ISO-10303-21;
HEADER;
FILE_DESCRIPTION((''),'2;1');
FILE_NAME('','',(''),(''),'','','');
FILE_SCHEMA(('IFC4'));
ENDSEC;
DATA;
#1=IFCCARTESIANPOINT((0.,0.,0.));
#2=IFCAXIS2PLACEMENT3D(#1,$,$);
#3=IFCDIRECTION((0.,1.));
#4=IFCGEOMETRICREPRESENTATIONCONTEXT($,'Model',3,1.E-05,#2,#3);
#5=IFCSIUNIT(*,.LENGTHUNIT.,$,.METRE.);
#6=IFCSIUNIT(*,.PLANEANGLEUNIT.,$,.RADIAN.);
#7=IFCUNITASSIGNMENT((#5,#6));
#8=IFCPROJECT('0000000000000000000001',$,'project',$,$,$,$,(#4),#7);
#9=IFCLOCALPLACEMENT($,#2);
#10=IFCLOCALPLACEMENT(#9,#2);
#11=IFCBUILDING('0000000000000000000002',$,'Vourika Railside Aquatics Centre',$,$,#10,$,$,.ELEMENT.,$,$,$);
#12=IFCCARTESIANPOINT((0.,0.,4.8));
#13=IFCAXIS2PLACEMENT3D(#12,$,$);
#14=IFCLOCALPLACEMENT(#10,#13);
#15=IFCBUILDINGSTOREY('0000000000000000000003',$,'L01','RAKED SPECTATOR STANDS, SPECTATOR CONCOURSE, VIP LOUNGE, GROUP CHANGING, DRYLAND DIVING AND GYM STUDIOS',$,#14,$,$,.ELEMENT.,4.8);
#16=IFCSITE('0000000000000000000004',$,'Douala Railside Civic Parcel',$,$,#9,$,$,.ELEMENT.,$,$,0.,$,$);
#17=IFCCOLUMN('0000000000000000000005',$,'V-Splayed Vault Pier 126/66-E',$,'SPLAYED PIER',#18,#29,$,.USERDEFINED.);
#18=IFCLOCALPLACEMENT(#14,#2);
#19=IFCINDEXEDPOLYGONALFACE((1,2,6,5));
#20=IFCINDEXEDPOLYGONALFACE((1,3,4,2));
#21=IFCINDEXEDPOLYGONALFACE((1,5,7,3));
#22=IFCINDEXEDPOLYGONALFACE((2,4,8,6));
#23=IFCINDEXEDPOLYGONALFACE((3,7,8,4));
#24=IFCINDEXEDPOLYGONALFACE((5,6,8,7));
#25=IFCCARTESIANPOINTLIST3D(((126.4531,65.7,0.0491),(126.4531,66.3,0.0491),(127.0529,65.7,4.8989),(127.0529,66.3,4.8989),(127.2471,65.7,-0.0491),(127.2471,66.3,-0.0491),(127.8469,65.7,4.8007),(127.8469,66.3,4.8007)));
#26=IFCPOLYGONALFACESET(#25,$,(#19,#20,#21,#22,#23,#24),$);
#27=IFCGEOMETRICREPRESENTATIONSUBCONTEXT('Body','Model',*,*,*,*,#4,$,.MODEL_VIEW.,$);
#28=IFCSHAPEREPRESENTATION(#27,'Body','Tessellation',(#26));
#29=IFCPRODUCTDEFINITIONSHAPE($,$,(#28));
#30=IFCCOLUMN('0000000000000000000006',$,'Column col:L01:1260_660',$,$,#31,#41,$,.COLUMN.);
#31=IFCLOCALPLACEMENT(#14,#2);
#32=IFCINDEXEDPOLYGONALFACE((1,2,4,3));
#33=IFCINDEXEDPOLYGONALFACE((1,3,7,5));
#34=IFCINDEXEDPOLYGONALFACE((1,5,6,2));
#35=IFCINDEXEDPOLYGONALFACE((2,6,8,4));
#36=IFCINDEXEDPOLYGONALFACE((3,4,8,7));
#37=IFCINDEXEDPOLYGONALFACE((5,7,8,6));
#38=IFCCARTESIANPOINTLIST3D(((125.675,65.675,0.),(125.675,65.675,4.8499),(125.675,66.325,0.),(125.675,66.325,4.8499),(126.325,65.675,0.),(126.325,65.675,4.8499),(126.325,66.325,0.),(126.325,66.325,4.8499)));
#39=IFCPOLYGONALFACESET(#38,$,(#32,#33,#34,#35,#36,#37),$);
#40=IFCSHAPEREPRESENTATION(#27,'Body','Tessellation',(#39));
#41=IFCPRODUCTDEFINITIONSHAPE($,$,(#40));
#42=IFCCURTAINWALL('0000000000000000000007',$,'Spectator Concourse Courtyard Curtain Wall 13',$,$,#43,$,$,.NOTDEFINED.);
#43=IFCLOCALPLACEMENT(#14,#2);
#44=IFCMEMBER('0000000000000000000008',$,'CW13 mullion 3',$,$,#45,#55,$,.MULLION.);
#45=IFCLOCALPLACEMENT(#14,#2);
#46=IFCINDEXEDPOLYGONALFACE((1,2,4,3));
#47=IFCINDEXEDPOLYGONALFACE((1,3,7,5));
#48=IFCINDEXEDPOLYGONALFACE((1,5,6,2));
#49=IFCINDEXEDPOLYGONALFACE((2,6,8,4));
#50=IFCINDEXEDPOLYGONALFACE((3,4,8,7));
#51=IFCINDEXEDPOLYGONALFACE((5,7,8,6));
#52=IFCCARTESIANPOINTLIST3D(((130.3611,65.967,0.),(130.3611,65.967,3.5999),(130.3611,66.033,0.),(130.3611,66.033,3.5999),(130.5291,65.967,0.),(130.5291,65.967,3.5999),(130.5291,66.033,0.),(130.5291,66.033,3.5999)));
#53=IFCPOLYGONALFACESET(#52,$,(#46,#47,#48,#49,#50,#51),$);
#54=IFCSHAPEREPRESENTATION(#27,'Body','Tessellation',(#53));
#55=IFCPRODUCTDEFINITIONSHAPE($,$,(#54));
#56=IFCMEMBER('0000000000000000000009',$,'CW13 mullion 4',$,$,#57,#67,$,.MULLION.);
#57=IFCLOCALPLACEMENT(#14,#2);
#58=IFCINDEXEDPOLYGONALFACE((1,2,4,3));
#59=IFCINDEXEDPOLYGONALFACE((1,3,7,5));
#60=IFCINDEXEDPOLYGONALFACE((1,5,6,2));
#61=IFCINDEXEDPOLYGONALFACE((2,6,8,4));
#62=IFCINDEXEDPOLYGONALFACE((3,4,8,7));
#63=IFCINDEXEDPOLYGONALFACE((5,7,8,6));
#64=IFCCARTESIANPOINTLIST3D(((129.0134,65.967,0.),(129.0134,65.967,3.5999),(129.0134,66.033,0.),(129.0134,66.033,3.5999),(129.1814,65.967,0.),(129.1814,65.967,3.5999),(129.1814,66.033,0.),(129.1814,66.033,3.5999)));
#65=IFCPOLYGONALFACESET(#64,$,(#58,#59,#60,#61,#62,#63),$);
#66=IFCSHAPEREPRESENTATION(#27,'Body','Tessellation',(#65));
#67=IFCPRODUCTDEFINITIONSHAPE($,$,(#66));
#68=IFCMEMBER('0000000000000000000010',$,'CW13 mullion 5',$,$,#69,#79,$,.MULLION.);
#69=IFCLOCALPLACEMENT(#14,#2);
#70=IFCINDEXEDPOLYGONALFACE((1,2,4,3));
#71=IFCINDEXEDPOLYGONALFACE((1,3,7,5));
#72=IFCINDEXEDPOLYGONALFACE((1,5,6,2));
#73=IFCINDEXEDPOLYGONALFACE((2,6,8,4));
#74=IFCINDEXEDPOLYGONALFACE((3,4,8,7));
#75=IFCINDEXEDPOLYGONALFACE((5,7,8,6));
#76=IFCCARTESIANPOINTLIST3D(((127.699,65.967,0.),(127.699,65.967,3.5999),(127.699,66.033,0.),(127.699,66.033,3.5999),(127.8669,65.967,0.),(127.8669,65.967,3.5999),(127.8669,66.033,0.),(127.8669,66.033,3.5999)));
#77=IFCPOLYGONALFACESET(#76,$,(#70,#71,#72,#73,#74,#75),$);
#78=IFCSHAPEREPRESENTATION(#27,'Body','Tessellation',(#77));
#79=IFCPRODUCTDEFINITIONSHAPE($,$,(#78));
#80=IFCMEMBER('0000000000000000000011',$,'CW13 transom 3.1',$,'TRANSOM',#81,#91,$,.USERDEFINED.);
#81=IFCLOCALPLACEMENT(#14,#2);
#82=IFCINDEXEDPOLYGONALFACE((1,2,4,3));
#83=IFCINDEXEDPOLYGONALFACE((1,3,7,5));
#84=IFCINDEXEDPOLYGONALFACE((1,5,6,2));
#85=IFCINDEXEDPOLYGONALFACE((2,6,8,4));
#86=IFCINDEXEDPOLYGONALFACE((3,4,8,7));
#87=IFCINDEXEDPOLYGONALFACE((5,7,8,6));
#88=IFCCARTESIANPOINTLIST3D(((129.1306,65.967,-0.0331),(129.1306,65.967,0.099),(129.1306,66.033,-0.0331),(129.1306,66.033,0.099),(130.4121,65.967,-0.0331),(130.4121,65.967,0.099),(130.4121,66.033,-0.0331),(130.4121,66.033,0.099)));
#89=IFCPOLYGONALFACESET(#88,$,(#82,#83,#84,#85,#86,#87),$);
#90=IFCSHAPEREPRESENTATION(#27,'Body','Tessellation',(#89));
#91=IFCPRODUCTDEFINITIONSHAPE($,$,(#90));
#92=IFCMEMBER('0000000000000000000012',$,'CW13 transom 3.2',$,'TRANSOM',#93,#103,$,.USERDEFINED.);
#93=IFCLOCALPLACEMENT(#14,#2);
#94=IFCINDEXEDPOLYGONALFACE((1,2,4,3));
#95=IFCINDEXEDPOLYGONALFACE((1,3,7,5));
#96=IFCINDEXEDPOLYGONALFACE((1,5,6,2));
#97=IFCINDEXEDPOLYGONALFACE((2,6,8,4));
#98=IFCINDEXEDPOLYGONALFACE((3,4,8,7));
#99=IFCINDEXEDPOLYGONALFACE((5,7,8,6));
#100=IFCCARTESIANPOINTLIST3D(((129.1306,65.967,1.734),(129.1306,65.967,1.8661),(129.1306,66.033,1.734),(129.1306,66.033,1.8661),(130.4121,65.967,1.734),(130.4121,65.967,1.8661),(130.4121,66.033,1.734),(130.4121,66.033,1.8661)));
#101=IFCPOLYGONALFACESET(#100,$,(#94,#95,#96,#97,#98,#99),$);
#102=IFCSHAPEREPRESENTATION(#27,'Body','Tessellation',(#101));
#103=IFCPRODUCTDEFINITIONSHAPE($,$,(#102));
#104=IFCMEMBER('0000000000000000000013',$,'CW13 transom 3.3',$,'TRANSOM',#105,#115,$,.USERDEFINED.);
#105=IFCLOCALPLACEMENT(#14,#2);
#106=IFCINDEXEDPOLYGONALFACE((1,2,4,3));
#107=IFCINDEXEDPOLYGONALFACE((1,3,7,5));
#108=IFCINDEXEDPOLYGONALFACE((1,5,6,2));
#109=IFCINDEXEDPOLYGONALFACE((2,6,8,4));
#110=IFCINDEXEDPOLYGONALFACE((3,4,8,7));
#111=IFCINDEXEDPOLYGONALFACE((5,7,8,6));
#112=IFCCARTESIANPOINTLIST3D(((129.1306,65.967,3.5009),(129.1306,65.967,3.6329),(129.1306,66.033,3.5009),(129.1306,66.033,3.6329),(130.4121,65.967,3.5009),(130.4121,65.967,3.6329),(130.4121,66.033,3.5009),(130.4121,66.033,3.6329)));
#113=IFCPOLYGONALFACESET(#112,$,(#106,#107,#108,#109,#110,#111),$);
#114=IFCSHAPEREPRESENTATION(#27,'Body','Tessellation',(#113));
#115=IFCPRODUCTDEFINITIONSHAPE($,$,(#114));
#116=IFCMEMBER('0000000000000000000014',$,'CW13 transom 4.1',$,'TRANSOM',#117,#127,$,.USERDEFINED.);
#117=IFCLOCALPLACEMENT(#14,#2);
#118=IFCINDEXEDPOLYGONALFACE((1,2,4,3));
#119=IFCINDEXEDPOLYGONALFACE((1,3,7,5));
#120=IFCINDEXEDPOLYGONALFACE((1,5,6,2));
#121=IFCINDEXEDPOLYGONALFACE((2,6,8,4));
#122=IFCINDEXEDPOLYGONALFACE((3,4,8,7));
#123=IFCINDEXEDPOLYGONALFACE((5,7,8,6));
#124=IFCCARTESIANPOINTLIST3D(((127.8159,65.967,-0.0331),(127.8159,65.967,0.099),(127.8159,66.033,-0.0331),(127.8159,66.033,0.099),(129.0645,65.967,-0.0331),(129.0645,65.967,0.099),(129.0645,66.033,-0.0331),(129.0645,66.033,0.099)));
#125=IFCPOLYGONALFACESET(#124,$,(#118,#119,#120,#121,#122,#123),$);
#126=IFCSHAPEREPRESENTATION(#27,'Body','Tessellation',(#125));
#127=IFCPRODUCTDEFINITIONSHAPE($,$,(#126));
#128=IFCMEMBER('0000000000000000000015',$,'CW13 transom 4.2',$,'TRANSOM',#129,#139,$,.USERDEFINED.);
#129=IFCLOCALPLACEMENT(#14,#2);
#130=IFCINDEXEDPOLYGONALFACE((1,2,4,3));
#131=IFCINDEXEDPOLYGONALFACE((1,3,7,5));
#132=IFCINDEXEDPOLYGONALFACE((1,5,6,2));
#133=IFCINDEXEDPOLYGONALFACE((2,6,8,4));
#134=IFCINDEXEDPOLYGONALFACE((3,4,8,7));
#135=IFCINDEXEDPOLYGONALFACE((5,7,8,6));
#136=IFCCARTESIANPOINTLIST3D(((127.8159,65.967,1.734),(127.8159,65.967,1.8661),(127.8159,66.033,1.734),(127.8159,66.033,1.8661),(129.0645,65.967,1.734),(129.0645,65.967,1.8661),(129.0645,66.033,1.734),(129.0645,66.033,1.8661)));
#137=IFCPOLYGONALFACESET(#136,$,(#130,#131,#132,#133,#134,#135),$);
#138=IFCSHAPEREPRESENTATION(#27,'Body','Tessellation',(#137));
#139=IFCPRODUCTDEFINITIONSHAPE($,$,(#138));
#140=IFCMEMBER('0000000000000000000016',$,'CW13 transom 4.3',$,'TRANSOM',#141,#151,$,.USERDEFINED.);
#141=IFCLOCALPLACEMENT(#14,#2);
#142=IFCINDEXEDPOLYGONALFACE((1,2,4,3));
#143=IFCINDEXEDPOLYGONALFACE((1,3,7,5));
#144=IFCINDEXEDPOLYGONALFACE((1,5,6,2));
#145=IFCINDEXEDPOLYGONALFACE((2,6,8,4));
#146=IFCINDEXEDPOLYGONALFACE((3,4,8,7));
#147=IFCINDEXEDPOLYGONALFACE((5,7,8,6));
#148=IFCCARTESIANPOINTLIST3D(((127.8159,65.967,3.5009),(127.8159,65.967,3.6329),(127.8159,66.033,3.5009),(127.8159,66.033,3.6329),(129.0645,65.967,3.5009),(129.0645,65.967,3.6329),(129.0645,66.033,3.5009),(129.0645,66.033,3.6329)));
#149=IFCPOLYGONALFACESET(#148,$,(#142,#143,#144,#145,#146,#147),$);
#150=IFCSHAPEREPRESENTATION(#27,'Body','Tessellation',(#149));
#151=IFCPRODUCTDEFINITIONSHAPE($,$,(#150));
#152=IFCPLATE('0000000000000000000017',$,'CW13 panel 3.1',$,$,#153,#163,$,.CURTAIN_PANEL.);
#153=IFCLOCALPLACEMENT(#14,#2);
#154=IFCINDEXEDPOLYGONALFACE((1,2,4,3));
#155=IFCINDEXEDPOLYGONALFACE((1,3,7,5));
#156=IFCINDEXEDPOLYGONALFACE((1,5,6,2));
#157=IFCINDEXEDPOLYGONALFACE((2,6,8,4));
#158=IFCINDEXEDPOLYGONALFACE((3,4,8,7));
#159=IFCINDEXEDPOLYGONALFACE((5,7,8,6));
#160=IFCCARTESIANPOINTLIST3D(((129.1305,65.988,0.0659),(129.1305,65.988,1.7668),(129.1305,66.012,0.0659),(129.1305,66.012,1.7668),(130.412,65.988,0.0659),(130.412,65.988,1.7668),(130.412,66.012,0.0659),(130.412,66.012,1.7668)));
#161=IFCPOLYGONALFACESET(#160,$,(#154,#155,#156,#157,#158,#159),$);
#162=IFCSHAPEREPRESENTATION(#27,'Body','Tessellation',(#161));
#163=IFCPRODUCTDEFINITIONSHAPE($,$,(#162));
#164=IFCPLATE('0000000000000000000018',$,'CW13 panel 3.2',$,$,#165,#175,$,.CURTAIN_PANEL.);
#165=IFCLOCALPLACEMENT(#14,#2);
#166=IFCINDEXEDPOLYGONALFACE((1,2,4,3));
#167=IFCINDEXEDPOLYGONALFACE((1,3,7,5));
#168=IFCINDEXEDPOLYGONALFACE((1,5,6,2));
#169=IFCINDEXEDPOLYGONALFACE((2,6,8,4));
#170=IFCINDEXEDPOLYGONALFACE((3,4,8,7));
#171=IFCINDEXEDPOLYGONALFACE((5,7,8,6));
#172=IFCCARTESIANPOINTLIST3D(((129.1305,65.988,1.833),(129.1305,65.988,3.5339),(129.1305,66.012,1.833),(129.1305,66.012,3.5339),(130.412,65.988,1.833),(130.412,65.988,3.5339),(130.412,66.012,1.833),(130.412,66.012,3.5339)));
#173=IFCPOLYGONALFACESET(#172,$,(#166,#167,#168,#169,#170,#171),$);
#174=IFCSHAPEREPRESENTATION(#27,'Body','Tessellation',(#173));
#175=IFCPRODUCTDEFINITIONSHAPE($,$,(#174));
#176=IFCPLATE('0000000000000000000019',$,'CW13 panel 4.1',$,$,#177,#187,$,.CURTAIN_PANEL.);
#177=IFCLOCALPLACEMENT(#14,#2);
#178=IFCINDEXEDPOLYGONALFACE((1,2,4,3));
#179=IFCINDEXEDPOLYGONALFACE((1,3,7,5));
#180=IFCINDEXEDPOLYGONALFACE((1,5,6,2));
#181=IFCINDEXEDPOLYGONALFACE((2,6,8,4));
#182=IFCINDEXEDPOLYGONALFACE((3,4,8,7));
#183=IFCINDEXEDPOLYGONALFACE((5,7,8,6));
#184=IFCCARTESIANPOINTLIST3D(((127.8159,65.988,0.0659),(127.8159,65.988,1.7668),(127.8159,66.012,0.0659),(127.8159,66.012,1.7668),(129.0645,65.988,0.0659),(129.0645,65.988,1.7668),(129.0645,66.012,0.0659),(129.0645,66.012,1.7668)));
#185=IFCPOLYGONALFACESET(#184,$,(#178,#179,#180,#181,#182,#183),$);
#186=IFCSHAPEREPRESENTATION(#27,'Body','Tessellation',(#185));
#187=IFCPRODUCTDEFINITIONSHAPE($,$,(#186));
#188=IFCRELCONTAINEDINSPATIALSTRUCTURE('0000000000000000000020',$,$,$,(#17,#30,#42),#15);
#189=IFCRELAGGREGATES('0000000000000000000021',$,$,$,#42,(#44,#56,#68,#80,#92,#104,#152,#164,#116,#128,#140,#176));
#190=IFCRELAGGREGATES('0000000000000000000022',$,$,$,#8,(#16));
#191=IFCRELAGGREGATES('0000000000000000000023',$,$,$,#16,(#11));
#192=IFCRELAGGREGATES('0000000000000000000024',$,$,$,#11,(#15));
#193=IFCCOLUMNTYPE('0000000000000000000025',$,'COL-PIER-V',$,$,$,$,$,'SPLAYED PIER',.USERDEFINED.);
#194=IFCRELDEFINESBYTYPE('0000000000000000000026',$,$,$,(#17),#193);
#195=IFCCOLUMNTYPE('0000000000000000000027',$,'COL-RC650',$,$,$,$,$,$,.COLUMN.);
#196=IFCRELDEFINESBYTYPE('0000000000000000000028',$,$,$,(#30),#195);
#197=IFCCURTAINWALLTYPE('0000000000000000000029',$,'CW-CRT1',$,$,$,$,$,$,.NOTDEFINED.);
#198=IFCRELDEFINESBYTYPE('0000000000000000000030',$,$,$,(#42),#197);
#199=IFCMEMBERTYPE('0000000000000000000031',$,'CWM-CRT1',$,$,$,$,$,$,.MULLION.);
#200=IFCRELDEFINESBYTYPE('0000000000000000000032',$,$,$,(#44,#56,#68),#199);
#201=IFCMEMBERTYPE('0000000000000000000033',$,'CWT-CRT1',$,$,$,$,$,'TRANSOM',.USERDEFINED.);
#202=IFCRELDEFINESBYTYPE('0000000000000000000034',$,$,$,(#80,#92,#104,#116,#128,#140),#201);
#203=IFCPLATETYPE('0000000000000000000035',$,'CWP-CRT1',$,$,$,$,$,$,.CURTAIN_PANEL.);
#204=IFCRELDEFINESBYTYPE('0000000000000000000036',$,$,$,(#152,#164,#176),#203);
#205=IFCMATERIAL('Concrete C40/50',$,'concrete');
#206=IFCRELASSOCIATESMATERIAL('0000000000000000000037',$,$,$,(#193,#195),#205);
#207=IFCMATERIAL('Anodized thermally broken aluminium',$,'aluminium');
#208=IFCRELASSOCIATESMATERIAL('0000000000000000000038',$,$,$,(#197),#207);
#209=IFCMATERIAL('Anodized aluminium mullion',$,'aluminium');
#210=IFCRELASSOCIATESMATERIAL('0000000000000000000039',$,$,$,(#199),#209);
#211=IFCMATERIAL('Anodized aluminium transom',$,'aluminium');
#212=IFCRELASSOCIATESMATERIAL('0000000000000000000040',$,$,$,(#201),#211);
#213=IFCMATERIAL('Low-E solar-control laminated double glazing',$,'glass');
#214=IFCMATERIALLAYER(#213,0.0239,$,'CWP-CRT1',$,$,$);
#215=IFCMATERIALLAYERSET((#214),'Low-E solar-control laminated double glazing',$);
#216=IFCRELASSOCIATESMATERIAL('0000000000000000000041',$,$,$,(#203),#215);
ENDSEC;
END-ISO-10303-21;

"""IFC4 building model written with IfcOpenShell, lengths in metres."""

from ifc_helpers import new_model, si_unit, direction, frame, origin, origin_2d, place, context, subcontext, project, spatial, rectangle, extrude, material, layer, layer_set, material_profile, profile_set, type_object, element, aggregate, save


model = new_model("IFC4")

# Units and contexts
model_context = context("Model", 3, precision=1e-05, world=origin(), true_north=direction((0.0, 1.0)))
body_context = subcontext(model_context, "Body", "Model", "MODEL_VIEW")
ifc_project = project(units=[si_unit("LENGTHUNIT", "METRE"), si_unit("PLANEANGLEUNIT", "RADIAN")], contexts=[model_context])

# Site, building, storey
site_placement = place(None, origin())
site = spatial("IfcSite", under=ifc_project, at=site_placement, Name="Douala Railside Civic Parcel", CompositionType="ELEMENT", RefElevation=0.0)
building_placement = place(site_placement, origin())
building = spatial("IfcBuilding", under=site, at=building_placement, Name="Vourika Railside Aquatics Centre", CompositionType="ELEMENT")
storey_placement = place(building_placement, frame((0.0, 0.0, 4.8)))
storey = spatial("IfcBuildingStorey", under=building, at=storey_placement, Name="L01", Description="RAKED SPECTATOR STANDS, SPECTATOR CONCOURSE, VIP LOUNGE, GROUP CHANGING, DRYLAND DIVING AND GYM STUDIOS", CompositionType="ELEMENT", Elevation=4.8)

# Columns
ifc_material_1 = material(Name="Concrete C40/50", Category="concrete")
ifc_material_profile_1 = material_profile(ifc_material_1, rectangle(XDim=0.6001, YDim=0.8, at=origin_2d()), Name="RC 600x800")
ifc_profile_set_1 = profile_set([ifc_material_profile_1], Name="Concrete C40/50")
column_type_1 = type_object("IfcColumnType", Name="COL-PIER-V", ElementType="SPLAYED PIER", PredefinedType="USERDEFINED", material=ifc_profile_set_1)
column_1_placement = place(storey_placement, frame((126.8501, 66.0, 0.0), z_axis=(0.12275, 0.0, 0.992438), x_axis=(0.0, 1.0, 0.0)))
element("IfcColumn", 1, at=column_1_placement, inside=storey, type_object=column_type_1, Name="V-Splayed Vault Pier 126/66-E", ObjectType="SPLAYED PIER", PredefinedType="USERDEFINED", context=body_context, shape_type="SweptSolid", body=[
    extrude(rectangle(XDim=0.6001, YDim=0.8, at=origin_2d()), origin(), (0.0, 0.0, 1.0), 4.8867),
])
ifc_material_profile_2 = material_profile(ifc_material_1, rectangle(XDim=0.6499, YDim=0.6499, at=origin_2d()), Name="RC 650x650")
ifc_profile_set_2 = profile_set([ifc_material_profile_2], Name="Concrete C40/50")
column_type_2 = type_object("IfcColumnType", Name="COL-RC650", PredefinedType="COLUMN", material=ifc_profile_set_2)
column_2_placement = place(storey_placement, frame((126.0, 66.0, 0.0), z_axis=(0.0, 0.0, 1.0), x_axis=(1.0, 0.0, 0.0)))
element("IfcColumn", 2, at=column_2_placement, inside=storey, type_object=column_type_2, Name="Column col:L01:1260_660", PredefinedType="COLUMN", context=body_context, shape_type="SweptSolid", body=[
    extrude(rectangle(XDim=0.6499, YDim=0.6499, at=origin_2d()), origin(), (0.0, 0.0, 1.0), 4.8499),
])

# Curtain wall, members, plates
ifc_material_2 = material(Name="Anodized thermally broken aluminium", Category="aluminium")
curtain_wall_type = type_object("IfcCurtainWallType", Name="CW-CRT1", PredefinedType="NOTDEFINED", material=ifc_material_2)
curtain_wall_placement = place(storey_placement, origin())
curtain_wall = element("IfcCurtainWall", 3, at=curtain_wall_placement, inside=storey, type_object=curtain_wall_type, Name="Spectator Concourse Courtyard Curtain Wall 13", PredefinedType="NOTDEFINED")
ifc_material_3 = material(Name="Anodized aluminium mullion", Category="aluminium")
ifc_material_profile_3 = material_profile(ifc_material_3, rectangle(XDim=0.0659, YDim=0.168, at=origin_2d()), Name="ALU-M 66x168")
ifc_profile_set_3 = profile_set([ifc_material_profile_3], Name="Anodized aluminium mullion")
member_type_1 = type_object("IfcMemberType", Name="CWM-CRT1", PredefinedType="MULLION", material=ifc_profile_set_3)
member_1_placement = place(storey_placement, frame((130.4451, 66.0, 0.0), z_axis=(0.0, 0.0, 1.0), x_axis=(0.0, -1.0, 0.0)))
member_1 = element("IfcMember", 4, at=member_1_placement, type_object=member_type_1, Name="CW13 mullion 3", PredefinedType="MULLION", context=body_context, shape_type="SweptSolid", body=[
    extrude(rectangle(XDim=0.0659, YDim=0.168, at=origin_2d()), origin(), (0.0, 0.0, 1.0), 3.5999),
])
member_2_placement = place(storey_placement, frame((129.0974, 66.0, 0.0), z_axis=(0.0, 0.0, 1.0), x_axis=(0.0, -1.0, 0.0)))
member_2 = element("IfcMember", 5, at=member_2_placement, type_object=member_type_1, Name="CW13 mullion 4", PredefinedType="MULLION", context=body_context, shape_type="SweptSolid", body=[
    extrude(rectangle(XDim=0.0659, YDim=0.168, at=origin_2d()), origin(), (0.0, 0.0, 1.0), 3.5999),
])
member_3_placement = place(storey_placement, frame((127.783, 66.0, 0.0), z_axis=(0.0, 0.0, 1.0), x_axis=(0.0, -1.0, 0.0)))
member_3 = element("IfcMember", 6, at=member_3_placement, type_object=member_type_1, Name="CW13 mullion 5", PredefinedType="MULLION", context=body_context, shape_type="SweptSolid", body=[
    extrude(rectangle(XDim=0.0659, YDim=0.168, at=origin_2d()), origin(), (0.0, 0.0, 1.0), 3.5999),
])
ifc_material_4 = material(Name="Anodized aluminium transom", Category="aluminium")
ifc_material_profile_4 = material_profile(ifc_material_4, rectangle(XDim=0.0659, YDim=0.1321, at=origin_2d()), Name="ALU-T 66x132")
ifc_profile_set_4 = profile_set([ifc_material_profile_4], Name="Anodized aluminium transom")
member_type_2 = type_object("IfcMemberType", Name="CWT-CRT1", ElementType="TRANSOM", PredefinedType="USERDEFINED", material=ifc_profile_set_4)
member_4_placement = place(storey_placement, frame((130.4121, 66.0, 0.033), z_axis=(-1.0, 0.0, 0.0), x_axis=(0.0, -1.0, 0.0)))
member_4 = element("IfcMember", 7, at=member_4_placement, type_object=member_type_2, Name="CW13 transom 3.1", ObjectType="TRANSOM", PredefinedType="USERDEFINED", context=body_context, shape_type="SweptSolid", body=[
    extrude(rectangle(XDim=0.0659, YDim=0.1321, at=origin_2d()), origin(), (0.0, 0.0, 1.0), 1.2815),
])
member_5_placement = place(storey_placement, frame((130.4121, 66.0, 1.8), z_axis=(-1.0, 0.0, 0.0), x_axis=(0.0, -1.0, 0.0)))
member_5 = element("IfcMember", 8, at=member_5_placement, type_object=member_type_2, Name="CW13 transom 3.2", ObjectType="TRANSOM", PredefinedType="USERDEFINED", context=body_context, shape_type="SweptSolid", body=[
    extrude(rectangle(XDim=0.0659, YDim=0.1321, at=origin_2d()), origin(), (0.0, 0.0, 1.0), 1.2815),
])
member_6_placement = place(storey_placement, frame((130.4121, 66.0, 3.5669), z_axis=(-1.0, 0.0, 0.0), x_axis=(0.0, -1.0, 0.0)))
member_6 = element("IfcMember", 9, at=member_6_placement, type_object=member_type_2, Name="CW13 transom 3.3", ObjectType="TRANSOM", PredefinedType="USERDEFINED", context=body_context, shape_type="SweptSolid", body=[
    extrude(rectangle(XDim=0.0659, YDim=0.1321, at=origin_2d()), origin(), (0.0, 0.0, 1.0), 1.2815),
])
member_7_placement = place(storey_placement, frame((129.0645, 66.0, 0.033), z_axis=(-1.0, 0.0, 0.0), x_axis=(0.0, -1.0, 0.0)))
member_7 = element("IfcMember", 10, at=member_7_placement, type_object=member_type_2, Name="CW13 transom 4.1", ObjectType="TRANSOM", PredefinedType="USERDEFINED", context=body_context, shape_type="SweptSolid", body=[
    extrude(rectangle(XDim=0.0659, YDim=0.1321, at=origin_2d()), origin(), (0.0, 0.0, 1.0), 1.2485),
])
member_8_placement = place(storey_placement, frame((129.0645, 66.0, 1.8), z_axis=(-1.0, 0.0, 0.0), x_axis=(0.0, -1.0, 0.0)))
member_8 = element("IfcMember", 11, at=member_8_placement, type_object=member_type_2, Name="CW13 transom 4.2", ObjectType="TRANSOM", PredefinedType="USERDEFINED", context=body_context, shape_type="SweptSolid", body=[
    extrude(rectangle(XDim=0.0659, YDim=0.1321, at=origin_2d()), origin(), (0.0, 0.0, 1.0), 1.2485),
])
member_9_placement = place(storey_placement, frame((129.0645, 66.0, 3.5669), z_axis=(-1.0, 0.0, 0.0), x_axis=(0.0, -1.0, 0.0)))
member_9 = element("IfcMember", 12, at=member_9_placement, type_object=member_type_2, Name="CW13 transom 4.3", ObjectType="TRANSOM", PredefinedType="USERDEFINED", context=body_context, shape_type="SweptSolid", body=[
    extrude(rectangle(XDim=0.0659, YDim=0.1321, at=origin_2d()), origin(), (0.0, 0.0, 1.0), 1.2485),
])
ifc_material_5 = material(Name="Low-E solar-control laminated double glazing", Category="glass")
ifc_layer_1 = layer(ifc_material_5, 0.0239, Name="CWP-CRT1")
ifc_layer_set_1 = layer_set([ifc_layer_1], Name="Low-E solar-control laminated double glazing")
plate_type_1 = type_object("IfcPlateType", Name="CWP-CRT1", PredefinedType="CURTAIN_PANEL", material=ifc_layer_set_1)
plate_1_placement = place(storey_placement, frame((129.7712, 66.0, 0.0659), z_axis=(0.0, 0.0, 1.0), x_axis=(-1.0, 0.0, 0.0)))
plate_1 = element("IfcPlate", 13, at=plate_1_placement, type_object=plate_type_1, Name="CW13 panel 3.1", PredefinedType="CURTAIN_PANEL", context=body_context, shape_type="SweptSolid", body=[
    extrude(rectangle(XDim=1.2815, YDim=0.0239, at=origin_2d()), origin(), (0.0, 0.0, 1.0), 1.7009),
])
plate_2_placement = place(storey_placement, frame((129.7712, 66.0, 1.833), z_axis=(0.0, 0.0, 1.0), x_axis=(-1.0, 0.0, 0.0)))
plate_2 = element("IfcPlate", 14, at=plate_2_placement, type_object=plate_type_1, Name="CW13 panel 3.2", PredefinedType="CURTAIN_PANEL", context=body_context, shape_type="SweptSolid", body=[
    extrude(rectangle(XDim=1.2815, YDim=0.0239, at=origin_2d()), origin(), (0.0, 0.0, 1.0), 1.7009),
])
plate_3_placement = place(storey_placement, frame((128.4402, 66.0, 0.0659), z_axis=(0.0, 0.0, 1.0), x_axis=(-1.0, 0.0, 0.0)))
plate_3 = element("IfcPlate", 15, at=plate_3_placement, type_object=plate_type_1, Name="CW13 panel 4.1", PredefinedType="CURTAIN_PANEL", context=body_context, shape_type="SweptSolid", body=[
    extrude(rectangle(XDim=1.2485, YDim=0.0239, at=origin_2d()), origin(), (0.0, 0.0, 1.0), 1.7009),
])
aggregate(curtain_wall, [member_1, member_2, member_3, member_4, member_5, member_6, plate_1, plate_2, member_7, member_8, member_9, plate_3])

save(model, "model.ifc")
